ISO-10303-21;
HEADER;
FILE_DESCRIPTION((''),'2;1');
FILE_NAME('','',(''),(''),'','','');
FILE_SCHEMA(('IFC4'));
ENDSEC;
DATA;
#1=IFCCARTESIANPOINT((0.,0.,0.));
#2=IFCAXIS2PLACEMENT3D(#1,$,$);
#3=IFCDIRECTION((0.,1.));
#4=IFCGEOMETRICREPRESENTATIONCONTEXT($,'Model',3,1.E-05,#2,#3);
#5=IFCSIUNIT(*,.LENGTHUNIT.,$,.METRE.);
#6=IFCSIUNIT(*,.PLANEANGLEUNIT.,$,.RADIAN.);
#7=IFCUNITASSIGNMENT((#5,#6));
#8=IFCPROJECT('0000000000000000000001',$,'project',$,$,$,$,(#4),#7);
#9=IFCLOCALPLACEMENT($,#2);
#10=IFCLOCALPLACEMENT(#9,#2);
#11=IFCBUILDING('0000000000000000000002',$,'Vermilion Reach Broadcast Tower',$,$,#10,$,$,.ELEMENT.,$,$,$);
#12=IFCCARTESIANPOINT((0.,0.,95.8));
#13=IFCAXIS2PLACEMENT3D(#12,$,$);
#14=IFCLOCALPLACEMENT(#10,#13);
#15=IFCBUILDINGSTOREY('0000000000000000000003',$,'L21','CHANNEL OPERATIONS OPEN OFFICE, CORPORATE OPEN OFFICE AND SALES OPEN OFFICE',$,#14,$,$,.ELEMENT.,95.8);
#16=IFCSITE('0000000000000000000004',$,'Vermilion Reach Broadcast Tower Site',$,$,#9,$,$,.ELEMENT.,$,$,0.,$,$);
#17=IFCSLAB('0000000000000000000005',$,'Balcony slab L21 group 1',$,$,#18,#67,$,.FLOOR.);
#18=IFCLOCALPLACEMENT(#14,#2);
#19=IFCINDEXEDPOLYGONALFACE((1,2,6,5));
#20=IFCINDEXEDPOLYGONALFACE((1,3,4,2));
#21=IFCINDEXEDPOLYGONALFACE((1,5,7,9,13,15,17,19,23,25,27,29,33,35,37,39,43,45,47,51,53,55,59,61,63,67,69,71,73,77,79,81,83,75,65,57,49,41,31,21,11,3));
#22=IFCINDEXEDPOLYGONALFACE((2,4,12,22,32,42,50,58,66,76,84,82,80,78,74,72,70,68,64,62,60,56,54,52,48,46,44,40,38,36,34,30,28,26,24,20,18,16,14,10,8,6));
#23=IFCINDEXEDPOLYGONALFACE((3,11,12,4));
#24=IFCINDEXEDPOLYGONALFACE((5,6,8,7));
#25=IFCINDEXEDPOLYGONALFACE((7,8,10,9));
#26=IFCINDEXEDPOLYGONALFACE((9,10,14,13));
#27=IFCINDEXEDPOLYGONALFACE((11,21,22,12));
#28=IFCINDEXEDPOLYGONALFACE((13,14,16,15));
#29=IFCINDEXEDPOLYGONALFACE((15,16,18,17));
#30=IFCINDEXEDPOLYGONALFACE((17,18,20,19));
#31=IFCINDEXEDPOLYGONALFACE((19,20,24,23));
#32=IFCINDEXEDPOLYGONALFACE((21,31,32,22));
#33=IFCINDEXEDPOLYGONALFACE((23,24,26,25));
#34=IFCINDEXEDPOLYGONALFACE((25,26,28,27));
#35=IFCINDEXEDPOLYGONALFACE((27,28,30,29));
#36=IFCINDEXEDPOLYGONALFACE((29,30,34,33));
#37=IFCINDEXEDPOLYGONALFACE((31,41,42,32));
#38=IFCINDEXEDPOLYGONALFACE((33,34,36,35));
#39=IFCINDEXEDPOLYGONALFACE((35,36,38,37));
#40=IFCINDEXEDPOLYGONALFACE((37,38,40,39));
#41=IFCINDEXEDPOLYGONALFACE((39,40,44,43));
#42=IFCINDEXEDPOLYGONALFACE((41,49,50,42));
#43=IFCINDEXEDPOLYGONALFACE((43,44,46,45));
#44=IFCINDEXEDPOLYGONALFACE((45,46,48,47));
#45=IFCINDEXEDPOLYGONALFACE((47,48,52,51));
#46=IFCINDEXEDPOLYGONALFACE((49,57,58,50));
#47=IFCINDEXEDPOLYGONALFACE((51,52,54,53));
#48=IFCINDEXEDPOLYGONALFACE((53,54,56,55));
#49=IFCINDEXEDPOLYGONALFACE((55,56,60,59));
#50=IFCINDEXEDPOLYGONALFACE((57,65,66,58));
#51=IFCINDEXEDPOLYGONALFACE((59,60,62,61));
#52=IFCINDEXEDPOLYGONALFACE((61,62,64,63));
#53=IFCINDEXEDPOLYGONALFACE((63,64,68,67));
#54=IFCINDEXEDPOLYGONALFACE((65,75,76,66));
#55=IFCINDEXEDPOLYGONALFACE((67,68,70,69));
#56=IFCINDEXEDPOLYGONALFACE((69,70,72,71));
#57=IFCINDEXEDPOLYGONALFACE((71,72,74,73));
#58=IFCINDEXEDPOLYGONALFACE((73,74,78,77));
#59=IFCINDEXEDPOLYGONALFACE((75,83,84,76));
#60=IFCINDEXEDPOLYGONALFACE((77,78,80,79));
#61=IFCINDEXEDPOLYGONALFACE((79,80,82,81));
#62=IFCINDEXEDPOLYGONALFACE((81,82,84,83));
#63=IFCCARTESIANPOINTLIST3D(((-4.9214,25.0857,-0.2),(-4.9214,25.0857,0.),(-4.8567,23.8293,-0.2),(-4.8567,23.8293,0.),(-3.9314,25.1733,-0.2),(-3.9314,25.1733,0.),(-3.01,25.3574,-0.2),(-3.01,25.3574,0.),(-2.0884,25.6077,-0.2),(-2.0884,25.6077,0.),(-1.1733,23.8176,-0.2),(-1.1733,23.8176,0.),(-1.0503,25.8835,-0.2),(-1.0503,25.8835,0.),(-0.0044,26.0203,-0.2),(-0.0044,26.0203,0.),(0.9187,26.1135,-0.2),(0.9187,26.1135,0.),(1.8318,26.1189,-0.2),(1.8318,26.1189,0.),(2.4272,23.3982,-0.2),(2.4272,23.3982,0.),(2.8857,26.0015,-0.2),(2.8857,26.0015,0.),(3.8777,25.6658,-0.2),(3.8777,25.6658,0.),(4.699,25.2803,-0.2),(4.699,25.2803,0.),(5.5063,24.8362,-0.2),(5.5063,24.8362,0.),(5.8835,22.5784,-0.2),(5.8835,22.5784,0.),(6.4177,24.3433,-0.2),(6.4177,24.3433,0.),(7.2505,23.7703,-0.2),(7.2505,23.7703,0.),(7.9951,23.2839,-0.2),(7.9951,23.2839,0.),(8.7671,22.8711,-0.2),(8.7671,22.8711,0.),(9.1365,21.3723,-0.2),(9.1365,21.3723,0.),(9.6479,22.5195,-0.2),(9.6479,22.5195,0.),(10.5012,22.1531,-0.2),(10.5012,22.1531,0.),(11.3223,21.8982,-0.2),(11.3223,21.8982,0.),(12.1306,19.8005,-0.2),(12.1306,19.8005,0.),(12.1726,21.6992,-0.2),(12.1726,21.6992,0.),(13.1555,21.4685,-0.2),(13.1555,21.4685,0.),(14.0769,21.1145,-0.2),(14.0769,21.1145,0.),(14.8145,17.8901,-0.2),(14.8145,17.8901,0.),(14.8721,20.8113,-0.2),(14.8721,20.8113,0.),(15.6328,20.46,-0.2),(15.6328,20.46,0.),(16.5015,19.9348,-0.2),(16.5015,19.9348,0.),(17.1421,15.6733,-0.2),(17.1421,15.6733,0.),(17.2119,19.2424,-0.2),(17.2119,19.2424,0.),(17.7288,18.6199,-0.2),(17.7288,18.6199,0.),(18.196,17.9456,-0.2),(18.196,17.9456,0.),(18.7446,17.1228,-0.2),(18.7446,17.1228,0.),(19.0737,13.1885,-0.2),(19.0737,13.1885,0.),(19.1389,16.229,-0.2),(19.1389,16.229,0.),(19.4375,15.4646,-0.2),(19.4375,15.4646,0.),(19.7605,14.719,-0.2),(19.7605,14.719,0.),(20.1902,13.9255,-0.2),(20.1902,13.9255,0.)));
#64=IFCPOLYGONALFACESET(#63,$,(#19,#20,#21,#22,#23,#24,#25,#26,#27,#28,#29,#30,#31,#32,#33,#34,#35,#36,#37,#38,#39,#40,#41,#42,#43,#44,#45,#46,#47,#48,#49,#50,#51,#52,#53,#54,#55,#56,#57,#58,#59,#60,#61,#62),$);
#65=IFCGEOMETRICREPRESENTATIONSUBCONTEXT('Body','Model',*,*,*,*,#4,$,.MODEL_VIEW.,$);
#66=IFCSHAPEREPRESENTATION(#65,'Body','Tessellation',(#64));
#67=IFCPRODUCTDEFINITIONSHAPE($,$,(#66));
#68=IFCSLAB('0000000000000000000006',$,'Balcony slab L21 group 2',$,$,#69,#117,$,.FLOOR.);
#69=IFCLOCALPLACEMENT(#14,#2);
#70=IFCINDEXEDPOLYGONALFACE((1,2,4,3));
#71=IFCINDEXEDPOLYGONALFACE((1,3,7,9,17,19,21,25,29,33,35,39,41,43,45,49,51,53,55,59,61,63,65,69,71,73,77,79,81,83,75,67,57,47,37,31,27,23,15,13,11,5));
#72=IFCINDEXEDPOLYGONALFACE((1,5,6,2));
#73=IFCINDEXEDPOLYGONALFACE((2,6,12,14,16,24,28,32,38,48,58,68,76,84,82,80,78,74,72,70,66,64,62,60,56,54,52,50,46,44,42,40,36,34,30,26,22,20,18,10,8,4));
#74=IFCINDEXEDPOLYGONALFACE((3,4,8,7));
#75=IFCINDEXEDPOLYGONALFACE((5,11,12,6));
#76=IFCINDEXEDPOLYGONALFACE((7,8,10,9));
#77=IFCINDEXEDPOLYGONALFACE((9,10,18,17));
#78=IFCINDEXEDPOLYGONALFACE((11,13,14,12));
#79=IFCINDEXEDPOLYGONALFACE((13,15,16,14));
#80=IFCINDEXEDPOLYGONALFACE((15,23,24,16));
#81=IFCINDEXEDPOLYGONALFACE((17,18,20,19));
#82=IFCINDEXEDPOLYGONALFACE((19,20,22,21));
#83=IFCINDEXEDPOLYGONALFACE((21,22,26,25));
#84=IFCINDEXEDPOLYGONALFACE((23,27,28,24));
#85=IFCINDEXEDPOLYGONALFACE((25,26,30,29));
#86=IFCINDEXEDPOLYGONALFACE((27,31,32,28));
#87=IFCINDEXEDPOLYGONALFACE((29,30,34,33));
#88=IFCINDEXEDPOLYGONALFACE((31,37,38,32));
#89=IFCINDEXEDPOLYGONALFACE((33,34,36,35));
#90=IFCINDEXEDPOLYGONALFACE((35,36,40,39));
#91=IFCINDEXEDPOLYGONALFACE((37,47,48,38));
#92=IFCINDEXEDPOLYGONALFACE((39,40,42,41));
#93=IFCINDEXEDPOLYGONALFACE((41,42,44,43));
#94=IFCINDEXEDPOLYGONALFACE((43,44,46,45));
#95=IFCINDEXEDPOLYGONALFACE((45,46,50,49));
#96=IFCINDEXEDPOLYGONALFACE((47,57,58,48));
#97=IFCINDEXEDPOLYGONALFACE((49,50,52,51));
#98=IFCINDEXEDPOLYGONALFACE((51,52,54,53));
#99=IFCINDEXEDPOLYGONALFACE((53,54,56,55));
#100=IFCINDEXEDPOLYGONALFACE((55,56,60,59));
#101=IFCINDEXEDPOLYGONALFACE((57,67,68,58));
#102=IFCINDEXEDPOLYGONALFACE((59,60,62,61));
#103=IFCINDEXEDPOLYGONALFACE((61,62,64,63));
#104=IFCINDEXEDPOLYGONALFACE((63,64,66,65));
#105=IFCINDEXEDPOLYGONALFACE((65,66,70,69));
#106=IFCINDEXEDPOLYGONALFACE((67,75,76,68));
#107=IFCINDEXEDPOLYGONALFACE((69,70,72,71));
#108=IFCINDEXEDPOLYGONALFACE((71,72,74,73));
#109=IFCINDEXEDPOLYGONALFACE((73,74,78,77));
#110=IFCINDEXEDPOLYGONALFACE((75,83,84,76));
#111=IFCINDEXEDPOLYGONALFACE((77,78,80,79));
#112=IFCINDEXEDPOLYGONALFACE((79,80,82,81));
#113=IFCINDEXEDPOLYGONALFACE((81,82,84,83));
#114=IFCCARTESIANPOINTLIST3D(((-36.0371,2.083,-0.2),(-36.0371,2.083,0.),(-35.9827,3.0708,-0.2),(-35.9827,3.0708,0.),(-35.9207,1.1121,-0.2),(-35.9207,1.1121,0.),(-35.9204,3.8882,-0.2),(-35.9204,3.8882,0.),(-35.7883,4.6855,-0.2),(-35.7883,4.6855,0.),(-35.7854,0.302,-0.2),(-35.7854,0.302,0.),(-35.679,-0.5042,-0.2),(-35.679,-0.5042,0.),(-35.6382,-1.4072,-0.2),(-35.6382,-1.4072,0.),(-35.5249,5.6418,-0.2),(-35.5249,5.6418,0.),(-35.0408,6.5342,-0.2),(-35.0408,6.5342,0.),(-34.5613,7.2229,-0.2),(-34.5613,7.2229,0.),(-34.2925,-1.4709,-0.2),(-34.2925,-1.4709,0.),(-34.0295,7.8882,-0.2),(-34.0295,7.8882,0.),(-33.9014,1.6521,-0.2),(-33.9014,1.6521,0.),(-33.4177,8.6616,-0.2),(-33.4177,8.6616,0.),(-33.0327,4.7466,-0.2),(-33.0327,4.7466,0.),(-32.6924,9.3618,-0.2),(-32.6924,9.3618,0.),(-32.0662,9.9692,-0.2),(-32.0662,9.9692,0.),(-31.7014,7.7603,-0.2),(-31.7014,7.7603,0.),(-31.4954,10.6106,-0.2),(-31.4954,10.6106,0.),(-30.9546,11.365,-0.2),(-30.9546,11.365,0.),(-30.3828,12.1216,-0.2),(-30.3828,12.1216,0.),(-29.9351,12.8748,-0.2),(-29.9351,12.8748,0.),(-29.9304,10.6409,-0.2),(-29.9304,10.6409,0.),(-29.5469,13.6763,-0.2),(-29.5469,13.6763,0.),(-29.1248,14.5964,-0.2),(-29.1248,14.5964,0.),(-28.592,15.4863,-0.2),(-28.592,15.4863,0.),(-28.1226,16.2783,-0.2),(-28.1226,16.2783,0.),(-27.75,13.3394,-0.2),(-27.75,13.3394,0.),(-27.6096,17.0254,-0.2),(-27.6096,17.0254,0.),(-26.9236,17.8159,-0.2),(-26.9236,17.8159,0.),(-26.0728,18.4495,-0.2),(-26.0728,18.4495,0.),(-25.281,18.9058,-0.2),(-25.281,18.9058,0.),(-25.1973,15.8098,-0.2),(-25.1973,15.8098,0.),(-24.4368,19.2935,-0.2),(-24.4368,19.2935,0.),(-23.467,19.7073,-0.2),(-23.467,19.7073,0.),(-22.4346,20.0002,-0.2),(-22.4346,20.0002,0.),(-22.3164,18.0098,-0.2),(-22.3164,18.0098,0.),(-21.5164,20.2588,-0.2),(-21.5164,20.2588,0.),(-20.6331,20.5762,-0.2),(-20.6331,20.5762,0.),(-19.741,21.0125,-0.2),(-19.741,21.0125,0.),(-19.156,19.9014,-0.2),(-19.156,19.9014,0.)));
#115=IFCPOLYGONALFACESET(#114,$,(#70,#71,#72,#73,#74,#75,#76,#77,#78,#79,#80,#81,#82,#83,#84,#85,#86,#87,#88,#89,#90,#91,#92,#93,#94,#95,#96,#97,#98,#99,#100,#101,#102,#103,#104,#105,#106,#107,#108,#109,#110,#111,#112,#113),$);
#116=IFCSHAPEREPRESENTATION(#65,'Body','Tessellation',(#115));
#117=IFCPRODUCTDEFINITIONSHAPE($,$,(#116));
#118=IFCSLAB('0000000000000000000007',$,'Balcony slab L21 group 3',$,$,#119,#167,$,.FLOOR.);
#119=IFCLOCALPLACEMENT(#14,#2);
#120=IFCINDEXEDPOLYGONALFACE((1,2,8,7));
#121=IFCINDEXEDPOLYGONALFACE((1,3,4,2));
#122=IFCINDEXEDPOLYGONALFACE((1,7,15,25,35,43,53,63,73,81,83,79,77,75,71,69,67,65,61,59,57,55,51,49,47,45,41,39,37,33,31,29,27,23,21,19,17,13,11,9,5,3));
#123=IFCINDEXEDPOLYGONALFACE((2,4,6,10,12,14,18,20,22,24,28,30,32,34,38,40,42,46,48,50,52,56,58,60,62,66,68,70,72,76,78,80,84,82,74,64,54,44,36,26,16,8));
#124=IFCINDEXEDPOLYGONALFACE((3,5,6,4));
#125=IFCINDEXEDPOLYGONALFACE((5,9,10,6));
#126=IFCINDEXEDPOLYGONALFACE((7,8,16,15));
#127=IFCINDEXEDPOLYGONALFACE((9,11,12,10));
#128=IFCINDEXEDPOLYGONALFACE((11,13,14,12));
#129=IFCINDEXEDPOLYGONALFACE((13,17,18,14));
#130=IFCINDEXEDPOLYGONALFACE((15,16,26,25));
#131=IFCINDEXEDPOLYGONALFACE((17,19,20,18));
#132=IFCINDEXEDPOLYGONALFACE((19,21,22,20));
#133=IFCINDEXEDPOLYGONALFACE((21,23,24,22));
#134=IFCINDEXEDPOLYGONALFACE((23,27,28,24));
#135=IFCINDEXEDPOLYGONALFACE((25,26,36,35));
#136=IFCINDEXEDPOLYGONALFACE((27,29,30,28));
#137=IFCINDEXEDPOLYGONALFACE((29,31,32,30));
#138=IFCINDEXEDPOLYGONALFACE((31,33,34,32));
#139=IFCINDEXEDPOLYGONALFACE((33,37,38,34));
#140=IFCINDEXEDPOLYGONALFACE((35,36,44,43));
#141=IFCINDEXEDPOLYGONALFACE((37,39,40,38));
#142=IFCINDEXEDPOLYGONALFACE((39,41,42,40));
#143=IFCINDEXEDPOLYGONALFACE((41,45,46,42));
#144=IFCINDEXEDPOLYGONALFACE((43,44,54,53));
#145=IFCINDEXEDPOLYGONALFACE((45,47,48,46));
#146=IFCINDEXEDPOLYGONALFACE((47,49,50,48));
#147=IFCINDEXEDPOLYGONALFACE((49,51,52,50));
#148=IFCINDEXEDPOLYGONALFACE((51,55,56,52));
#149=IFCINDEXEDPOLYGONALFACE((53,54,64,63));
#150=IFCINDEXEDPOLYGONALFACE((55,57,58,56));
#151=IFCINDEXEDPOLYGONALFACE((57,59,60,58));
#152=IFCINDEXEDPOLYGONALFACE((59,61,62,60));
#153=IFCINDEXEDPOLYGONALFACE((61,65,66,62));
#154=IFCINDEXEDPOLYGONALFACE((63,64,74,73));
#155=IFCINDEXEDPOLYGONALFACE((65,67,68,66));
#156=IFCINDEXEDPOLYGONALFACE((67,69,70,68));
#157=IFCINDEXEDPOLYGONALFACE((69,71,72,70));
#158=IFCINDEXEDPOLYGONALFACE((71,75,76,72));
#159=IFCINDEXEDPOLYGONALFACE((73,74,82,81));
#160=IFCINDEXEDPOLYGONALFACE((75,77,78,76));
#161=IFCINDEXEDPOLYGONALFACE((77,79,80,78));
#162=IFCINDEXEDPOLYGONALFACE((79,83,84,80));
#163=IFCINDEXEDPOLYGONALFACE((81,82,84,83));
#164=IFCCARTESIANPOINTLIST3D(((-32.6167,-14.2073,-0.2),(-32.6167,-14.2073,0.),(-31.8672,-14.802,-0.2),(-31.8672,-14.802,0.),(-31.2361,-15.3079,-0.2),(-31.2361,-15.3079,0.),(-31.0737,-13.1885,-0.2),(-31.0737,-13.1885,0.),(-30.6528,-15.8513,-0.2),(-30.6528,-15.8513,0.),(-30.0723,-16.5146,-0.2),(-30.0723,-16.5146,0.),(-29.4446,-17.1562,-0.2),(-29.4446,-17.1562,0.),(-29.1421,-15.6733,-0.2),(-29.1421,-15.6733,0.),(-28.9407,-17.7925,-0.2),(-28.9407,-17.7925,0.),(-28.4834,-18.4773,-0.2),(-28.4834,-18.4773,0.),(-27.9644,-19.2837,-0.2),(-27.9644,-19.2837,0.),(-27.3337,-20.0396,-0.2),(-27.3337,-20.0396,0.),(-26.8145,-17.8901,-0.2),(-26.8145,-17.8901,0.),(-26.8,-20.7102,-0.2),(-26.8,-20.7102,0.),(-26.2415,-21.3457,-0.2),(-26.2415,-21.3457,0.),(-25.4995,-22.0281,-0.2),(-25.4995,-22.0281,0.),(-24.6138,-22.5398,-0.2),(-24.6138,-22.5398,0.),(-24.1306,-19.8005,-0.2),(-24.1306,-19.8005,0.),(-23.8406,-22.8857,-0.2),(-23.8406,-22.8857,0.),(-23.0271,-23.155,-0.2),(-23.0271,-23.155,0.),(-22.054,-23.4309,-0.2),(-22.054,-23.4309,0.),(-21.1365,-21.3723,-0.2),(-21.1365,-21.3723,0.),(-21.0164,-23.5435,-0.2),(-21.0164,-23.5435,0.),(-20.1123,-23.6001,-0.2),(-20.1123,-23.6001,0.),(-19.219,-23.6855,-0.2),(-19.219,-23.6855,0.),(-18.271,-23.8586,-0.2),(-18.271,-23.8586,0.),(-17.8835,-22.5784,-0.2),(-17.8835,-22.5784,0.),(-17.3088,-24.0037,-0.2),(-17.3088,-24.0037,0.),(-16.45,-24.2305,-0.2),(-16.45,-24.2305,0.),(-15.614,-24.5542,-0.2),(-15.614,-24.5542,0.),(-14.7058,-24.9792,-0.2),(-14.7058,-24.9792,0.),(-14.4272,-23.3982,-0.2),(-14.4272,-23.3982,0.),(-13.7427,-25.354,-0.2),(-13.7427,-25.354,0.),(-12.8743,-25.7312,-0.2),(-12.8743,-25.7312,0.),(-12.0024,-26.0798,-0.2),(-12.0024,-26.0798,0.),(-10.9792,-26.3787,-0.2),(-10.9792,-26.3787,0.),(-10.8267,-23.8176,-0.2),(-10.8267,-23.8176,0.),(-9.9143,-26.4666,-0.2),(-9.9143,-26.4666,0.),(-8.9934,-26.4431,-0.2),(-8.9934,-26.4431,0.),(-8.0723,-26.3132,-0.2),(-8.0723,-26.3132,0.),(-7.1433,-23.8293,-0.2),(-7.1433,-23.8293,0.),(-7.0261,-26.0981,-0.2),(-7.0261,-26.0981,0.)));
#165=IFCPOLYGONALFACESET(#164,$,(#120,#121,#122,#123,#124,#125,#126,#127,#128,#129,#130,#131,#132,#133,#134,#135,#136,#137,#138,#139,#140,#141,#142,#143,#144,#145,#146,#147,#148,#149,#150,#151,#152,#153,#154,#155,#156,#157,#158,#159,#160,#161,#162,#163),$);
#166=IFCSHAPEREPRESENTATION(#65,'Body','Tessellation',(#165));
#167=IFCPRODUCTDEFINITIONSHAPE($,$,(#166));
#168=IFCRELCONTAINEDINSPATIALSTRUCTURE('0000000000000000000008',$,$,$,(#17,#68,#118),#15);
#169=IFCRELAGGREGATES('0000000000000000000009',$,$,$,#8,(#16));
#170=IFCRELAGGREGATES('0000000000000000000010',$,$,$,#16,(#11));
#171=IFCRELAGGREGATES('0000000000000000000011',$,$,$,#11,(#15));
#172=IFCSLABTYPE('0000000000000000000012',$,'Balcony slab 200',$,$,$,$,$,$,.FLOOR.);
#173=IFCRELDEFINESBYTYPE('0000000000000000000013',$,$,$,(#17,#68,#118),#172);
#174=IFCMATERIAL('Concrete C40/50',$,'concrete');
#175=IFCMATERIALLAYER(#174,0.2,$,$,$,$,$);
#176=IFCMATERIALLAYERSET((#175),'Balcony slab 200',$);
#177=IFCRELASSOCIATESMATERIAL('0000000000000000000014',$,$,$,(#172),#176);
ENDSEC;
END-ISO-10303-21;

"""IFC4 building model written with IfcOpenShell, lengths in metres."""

from ifc_helpers import new_model, si_unit, direction, frame, origin, place, context, subcontext, project, spatial, polyline, outline, extrude, material, layer, layer_set, type_object, element, save


model = new_model("IFC4")

# Units and contexts
model_context = context("Model", 3, precision=1e-05, world=origin(), true_north=direction((0.0, 1.0)))
body_context = subcontext(model_context, "Body", "Model", "MODEL_VIEW")
ifc_project = project(units=[si_unit("LENGTHUNIT", "METRE"), si_unit("PLANEANGLEUNIT", "RADIAN")], contexts=[model_context])

# Site, building, storey
site_placement = place(None, origin())
site = spatial("IfcSite", under=ifc_project, at=site_placement, Name="Vermilion Reach Broadcast Tower Site", CompositionType="ELEMENT", RefElevation=0.0)
building_placement = place(site_placement, origin())
building = spatial("IfcBuilding", under=site, at=building_placement, Name="Vermilion Reach Broadcast Tower", CompositionType="ELEMENT")
storey_placement = place(building_placement, frame((0.0, 0.0, 95.8)))
storey = spatial("IfcBuildingStorey", under=building, at=storey_placement, Name="L21", Description="CHANNEL OPERATIONS OPEN OFFICE, CORPORATE OPEN OFFICE AND SALES OPEN OFFICE", CompositionType="ELEMENT", Elevation=95.8)

# Slabs
ifc_material_1 = material(Name="Concrete C40/50", Category="concrete")
ifc_layer_1 = layer(ifc_material_1, 0.2)
ifc_layer_set_1 = layer_set([ifc_layer_1], Name="Balcony slab 200")
slab_type_1 = type_object("IfcSlabType", Name="Balcony slab 200", PredefinedType="FLOOR", material=ifc_layer_set_1)
placement_1 = place(storey_placement, frame((0.0, 0.0, -0.2)))
element("IfcSlab", 1, at=placement_1, inside=storey, type_object=slab_type_1, Name="Balcony slab L21 group 1", PredefinedType="FLOOR", context=body_context, shape_type="SweptSolid", body=[
    extrude(outline(polyline([(19.0737, 13.1885), (17.1421, 15.6733), (14.8145, 17.8901), (12.1306, 19.8005), (9.1365, 21.3723), (5.8835, 22.5784), (2.4272, 23.3982), (-1.1733, 23.8176), (-4.8567, 23.8293), (-4.9214, 25.0857), (-3.9314, 25.1733), (-3.01, 25.3574), (-2.0884, 25.6077), (-1.0503, 25.8835), (-0.0044, 26.0203), (0.9187, 26.1135), (1.8318, 26.1189), (2.8857, 26.0015), (3.8777, 25.6658), (4.699, 25.2803), (5.5063, 24.8362), (6.4177, 24.3433), (7.2505, 23.7703), (7.9951, 23.2839), (8.7671, 22.8711), (9.6479, 22.5195), (10.5012, 22.1531), (11.3223, 21.8982), (12.1726, 21.6992), (13.1555, 21.4685), (14.0769, 21.1145), (14.8721, 20.8113), (15.6328, 20.46), (16.5015, 19.9348), (17.2119, 19.2424), (17.7288, 18.6199), (18.196, 17.9456), (18.7446, 17.1228), (19.1389, 16.229), (19.4375, 15.4646), (19.7605, 14.719), (20.1902, 13.9255), (19.0737, 13.1885)])), origin(), (0.0, 0.0, 1.0), 0.2),
])
element("IfcSlab", 2, at=placement_1, inside=storey, type_object=slab_type_1, Name="Balcony slab L21 group 2", PredefinedType="FLOOR", context=body_context, shape_type="SweptSolid", body=[
    extrude(outline(polyline([(-19.156, 19.9014), (-22.3164, 18.0098), (-25.1973, 15.8098), (-27.75, 13.3394), (-29.9304, 10.6409), (-31.7014, 7.7603), (-33.0327, 4.7466), (-33.9014, 1.6521), (-34.2925, -1.4709), (-35.6382, -1.4072), (-35.679, -0.5042), (-35.7854, 0.302), (-35.9207, 1.1121), (-36.0371, 2.083), (-35.9827, 3.0708), (-35.9204, 3.8882), (-35.7883, 4.6855), (-35.5249, 5.6418), (-35.0408, 6.5342), (-34.5613, 7.2229), (-34.0295, 7.8882), (-33.4177, 8.6616), (-32.6924, 9.3618), (-32.0662, 9.9692), (-31.4954, 10.6106), (-30.9546, 11.365), (-30.3828, 12.1216), (-29.9351, 12.8748), (-29.5469, 13.6763), (-29.1248, 14.5964), (-28.592, 15.4863), (-28.1226, 16.2783), (-27.6096, 17.0254), (-26.9236, 17.8159), (-26.0728, 18.4495), (-25.281, 18.9058), (-24.4368, 19.2935), (-23.467, 19.7073), (-22.4346, 20.0002), (-21.5164, 20.2588), (-20.6331, 20.5762), (-19.741, 21.0125), (-19.156, 19.9014)])), origin(), (0.0, 0.0, 1.0), 0.2),
])
element("IfcSlab", 3, at=placement_1, inside=storey, type_object=slab_type_1, Name="Balcony slab L21 group 3", PredefinedType="FLOOR", context=body_context, shape_type="SweptSolid", body=[
    extrude(outline(polyline([(-31.0737, -13.1885), (-29.1421, -15.6733), (-26.8145, -17.8901), (-24.1306, -19.8005), (-21.1365, -21.3723), (-17.8835, -22.5784), (-14.4272, -23.3982), (-10.8267, -23.8176), (-7.1433, -23.8293), (-7.0261, -26.0981), (-8.0723, -26.3132), (-8.9934, -26.4431), (-9.9143, -26.4666), (-10.9792, -26.3787), (-12.0024, -26.0798), (-12.8743, -25.7312), (-13.7427, -25.354), (-14.7058, -24.9792), (-15.614, -24.5542), (-16.45, -24.2305), (-17.3088, -24.0037), (-18.271, -23.8586), (-19.219, -23.6855), (-20.1123, -23.6001), (-21.0164, -23.5435), (-22.054, -23.4309), (-23.0271, -23.155), (-23.8406, -22.8857), (-24.6138, -22.5398), (-25.4995, -22.0281), (-26.2415, -21.3457), (-26.8, -20.7102), (-27.3337, -20.0396), (-27.9644, -19.2837), (-28.4834, -18.4773), (-28.9407, -17.7925), (-29.4446, -17.1562), (-30.0723, -16.5146), (-30.6528, -15.8513), (-31.2361, -15.3079), (-31.8672, -14.802), (-32.6167, -14.2073), (-31.0737, -13.1885)])), origin(), (0.0, 0.0, 1.0), 0.2),
])

save(model, "model.ifc")
